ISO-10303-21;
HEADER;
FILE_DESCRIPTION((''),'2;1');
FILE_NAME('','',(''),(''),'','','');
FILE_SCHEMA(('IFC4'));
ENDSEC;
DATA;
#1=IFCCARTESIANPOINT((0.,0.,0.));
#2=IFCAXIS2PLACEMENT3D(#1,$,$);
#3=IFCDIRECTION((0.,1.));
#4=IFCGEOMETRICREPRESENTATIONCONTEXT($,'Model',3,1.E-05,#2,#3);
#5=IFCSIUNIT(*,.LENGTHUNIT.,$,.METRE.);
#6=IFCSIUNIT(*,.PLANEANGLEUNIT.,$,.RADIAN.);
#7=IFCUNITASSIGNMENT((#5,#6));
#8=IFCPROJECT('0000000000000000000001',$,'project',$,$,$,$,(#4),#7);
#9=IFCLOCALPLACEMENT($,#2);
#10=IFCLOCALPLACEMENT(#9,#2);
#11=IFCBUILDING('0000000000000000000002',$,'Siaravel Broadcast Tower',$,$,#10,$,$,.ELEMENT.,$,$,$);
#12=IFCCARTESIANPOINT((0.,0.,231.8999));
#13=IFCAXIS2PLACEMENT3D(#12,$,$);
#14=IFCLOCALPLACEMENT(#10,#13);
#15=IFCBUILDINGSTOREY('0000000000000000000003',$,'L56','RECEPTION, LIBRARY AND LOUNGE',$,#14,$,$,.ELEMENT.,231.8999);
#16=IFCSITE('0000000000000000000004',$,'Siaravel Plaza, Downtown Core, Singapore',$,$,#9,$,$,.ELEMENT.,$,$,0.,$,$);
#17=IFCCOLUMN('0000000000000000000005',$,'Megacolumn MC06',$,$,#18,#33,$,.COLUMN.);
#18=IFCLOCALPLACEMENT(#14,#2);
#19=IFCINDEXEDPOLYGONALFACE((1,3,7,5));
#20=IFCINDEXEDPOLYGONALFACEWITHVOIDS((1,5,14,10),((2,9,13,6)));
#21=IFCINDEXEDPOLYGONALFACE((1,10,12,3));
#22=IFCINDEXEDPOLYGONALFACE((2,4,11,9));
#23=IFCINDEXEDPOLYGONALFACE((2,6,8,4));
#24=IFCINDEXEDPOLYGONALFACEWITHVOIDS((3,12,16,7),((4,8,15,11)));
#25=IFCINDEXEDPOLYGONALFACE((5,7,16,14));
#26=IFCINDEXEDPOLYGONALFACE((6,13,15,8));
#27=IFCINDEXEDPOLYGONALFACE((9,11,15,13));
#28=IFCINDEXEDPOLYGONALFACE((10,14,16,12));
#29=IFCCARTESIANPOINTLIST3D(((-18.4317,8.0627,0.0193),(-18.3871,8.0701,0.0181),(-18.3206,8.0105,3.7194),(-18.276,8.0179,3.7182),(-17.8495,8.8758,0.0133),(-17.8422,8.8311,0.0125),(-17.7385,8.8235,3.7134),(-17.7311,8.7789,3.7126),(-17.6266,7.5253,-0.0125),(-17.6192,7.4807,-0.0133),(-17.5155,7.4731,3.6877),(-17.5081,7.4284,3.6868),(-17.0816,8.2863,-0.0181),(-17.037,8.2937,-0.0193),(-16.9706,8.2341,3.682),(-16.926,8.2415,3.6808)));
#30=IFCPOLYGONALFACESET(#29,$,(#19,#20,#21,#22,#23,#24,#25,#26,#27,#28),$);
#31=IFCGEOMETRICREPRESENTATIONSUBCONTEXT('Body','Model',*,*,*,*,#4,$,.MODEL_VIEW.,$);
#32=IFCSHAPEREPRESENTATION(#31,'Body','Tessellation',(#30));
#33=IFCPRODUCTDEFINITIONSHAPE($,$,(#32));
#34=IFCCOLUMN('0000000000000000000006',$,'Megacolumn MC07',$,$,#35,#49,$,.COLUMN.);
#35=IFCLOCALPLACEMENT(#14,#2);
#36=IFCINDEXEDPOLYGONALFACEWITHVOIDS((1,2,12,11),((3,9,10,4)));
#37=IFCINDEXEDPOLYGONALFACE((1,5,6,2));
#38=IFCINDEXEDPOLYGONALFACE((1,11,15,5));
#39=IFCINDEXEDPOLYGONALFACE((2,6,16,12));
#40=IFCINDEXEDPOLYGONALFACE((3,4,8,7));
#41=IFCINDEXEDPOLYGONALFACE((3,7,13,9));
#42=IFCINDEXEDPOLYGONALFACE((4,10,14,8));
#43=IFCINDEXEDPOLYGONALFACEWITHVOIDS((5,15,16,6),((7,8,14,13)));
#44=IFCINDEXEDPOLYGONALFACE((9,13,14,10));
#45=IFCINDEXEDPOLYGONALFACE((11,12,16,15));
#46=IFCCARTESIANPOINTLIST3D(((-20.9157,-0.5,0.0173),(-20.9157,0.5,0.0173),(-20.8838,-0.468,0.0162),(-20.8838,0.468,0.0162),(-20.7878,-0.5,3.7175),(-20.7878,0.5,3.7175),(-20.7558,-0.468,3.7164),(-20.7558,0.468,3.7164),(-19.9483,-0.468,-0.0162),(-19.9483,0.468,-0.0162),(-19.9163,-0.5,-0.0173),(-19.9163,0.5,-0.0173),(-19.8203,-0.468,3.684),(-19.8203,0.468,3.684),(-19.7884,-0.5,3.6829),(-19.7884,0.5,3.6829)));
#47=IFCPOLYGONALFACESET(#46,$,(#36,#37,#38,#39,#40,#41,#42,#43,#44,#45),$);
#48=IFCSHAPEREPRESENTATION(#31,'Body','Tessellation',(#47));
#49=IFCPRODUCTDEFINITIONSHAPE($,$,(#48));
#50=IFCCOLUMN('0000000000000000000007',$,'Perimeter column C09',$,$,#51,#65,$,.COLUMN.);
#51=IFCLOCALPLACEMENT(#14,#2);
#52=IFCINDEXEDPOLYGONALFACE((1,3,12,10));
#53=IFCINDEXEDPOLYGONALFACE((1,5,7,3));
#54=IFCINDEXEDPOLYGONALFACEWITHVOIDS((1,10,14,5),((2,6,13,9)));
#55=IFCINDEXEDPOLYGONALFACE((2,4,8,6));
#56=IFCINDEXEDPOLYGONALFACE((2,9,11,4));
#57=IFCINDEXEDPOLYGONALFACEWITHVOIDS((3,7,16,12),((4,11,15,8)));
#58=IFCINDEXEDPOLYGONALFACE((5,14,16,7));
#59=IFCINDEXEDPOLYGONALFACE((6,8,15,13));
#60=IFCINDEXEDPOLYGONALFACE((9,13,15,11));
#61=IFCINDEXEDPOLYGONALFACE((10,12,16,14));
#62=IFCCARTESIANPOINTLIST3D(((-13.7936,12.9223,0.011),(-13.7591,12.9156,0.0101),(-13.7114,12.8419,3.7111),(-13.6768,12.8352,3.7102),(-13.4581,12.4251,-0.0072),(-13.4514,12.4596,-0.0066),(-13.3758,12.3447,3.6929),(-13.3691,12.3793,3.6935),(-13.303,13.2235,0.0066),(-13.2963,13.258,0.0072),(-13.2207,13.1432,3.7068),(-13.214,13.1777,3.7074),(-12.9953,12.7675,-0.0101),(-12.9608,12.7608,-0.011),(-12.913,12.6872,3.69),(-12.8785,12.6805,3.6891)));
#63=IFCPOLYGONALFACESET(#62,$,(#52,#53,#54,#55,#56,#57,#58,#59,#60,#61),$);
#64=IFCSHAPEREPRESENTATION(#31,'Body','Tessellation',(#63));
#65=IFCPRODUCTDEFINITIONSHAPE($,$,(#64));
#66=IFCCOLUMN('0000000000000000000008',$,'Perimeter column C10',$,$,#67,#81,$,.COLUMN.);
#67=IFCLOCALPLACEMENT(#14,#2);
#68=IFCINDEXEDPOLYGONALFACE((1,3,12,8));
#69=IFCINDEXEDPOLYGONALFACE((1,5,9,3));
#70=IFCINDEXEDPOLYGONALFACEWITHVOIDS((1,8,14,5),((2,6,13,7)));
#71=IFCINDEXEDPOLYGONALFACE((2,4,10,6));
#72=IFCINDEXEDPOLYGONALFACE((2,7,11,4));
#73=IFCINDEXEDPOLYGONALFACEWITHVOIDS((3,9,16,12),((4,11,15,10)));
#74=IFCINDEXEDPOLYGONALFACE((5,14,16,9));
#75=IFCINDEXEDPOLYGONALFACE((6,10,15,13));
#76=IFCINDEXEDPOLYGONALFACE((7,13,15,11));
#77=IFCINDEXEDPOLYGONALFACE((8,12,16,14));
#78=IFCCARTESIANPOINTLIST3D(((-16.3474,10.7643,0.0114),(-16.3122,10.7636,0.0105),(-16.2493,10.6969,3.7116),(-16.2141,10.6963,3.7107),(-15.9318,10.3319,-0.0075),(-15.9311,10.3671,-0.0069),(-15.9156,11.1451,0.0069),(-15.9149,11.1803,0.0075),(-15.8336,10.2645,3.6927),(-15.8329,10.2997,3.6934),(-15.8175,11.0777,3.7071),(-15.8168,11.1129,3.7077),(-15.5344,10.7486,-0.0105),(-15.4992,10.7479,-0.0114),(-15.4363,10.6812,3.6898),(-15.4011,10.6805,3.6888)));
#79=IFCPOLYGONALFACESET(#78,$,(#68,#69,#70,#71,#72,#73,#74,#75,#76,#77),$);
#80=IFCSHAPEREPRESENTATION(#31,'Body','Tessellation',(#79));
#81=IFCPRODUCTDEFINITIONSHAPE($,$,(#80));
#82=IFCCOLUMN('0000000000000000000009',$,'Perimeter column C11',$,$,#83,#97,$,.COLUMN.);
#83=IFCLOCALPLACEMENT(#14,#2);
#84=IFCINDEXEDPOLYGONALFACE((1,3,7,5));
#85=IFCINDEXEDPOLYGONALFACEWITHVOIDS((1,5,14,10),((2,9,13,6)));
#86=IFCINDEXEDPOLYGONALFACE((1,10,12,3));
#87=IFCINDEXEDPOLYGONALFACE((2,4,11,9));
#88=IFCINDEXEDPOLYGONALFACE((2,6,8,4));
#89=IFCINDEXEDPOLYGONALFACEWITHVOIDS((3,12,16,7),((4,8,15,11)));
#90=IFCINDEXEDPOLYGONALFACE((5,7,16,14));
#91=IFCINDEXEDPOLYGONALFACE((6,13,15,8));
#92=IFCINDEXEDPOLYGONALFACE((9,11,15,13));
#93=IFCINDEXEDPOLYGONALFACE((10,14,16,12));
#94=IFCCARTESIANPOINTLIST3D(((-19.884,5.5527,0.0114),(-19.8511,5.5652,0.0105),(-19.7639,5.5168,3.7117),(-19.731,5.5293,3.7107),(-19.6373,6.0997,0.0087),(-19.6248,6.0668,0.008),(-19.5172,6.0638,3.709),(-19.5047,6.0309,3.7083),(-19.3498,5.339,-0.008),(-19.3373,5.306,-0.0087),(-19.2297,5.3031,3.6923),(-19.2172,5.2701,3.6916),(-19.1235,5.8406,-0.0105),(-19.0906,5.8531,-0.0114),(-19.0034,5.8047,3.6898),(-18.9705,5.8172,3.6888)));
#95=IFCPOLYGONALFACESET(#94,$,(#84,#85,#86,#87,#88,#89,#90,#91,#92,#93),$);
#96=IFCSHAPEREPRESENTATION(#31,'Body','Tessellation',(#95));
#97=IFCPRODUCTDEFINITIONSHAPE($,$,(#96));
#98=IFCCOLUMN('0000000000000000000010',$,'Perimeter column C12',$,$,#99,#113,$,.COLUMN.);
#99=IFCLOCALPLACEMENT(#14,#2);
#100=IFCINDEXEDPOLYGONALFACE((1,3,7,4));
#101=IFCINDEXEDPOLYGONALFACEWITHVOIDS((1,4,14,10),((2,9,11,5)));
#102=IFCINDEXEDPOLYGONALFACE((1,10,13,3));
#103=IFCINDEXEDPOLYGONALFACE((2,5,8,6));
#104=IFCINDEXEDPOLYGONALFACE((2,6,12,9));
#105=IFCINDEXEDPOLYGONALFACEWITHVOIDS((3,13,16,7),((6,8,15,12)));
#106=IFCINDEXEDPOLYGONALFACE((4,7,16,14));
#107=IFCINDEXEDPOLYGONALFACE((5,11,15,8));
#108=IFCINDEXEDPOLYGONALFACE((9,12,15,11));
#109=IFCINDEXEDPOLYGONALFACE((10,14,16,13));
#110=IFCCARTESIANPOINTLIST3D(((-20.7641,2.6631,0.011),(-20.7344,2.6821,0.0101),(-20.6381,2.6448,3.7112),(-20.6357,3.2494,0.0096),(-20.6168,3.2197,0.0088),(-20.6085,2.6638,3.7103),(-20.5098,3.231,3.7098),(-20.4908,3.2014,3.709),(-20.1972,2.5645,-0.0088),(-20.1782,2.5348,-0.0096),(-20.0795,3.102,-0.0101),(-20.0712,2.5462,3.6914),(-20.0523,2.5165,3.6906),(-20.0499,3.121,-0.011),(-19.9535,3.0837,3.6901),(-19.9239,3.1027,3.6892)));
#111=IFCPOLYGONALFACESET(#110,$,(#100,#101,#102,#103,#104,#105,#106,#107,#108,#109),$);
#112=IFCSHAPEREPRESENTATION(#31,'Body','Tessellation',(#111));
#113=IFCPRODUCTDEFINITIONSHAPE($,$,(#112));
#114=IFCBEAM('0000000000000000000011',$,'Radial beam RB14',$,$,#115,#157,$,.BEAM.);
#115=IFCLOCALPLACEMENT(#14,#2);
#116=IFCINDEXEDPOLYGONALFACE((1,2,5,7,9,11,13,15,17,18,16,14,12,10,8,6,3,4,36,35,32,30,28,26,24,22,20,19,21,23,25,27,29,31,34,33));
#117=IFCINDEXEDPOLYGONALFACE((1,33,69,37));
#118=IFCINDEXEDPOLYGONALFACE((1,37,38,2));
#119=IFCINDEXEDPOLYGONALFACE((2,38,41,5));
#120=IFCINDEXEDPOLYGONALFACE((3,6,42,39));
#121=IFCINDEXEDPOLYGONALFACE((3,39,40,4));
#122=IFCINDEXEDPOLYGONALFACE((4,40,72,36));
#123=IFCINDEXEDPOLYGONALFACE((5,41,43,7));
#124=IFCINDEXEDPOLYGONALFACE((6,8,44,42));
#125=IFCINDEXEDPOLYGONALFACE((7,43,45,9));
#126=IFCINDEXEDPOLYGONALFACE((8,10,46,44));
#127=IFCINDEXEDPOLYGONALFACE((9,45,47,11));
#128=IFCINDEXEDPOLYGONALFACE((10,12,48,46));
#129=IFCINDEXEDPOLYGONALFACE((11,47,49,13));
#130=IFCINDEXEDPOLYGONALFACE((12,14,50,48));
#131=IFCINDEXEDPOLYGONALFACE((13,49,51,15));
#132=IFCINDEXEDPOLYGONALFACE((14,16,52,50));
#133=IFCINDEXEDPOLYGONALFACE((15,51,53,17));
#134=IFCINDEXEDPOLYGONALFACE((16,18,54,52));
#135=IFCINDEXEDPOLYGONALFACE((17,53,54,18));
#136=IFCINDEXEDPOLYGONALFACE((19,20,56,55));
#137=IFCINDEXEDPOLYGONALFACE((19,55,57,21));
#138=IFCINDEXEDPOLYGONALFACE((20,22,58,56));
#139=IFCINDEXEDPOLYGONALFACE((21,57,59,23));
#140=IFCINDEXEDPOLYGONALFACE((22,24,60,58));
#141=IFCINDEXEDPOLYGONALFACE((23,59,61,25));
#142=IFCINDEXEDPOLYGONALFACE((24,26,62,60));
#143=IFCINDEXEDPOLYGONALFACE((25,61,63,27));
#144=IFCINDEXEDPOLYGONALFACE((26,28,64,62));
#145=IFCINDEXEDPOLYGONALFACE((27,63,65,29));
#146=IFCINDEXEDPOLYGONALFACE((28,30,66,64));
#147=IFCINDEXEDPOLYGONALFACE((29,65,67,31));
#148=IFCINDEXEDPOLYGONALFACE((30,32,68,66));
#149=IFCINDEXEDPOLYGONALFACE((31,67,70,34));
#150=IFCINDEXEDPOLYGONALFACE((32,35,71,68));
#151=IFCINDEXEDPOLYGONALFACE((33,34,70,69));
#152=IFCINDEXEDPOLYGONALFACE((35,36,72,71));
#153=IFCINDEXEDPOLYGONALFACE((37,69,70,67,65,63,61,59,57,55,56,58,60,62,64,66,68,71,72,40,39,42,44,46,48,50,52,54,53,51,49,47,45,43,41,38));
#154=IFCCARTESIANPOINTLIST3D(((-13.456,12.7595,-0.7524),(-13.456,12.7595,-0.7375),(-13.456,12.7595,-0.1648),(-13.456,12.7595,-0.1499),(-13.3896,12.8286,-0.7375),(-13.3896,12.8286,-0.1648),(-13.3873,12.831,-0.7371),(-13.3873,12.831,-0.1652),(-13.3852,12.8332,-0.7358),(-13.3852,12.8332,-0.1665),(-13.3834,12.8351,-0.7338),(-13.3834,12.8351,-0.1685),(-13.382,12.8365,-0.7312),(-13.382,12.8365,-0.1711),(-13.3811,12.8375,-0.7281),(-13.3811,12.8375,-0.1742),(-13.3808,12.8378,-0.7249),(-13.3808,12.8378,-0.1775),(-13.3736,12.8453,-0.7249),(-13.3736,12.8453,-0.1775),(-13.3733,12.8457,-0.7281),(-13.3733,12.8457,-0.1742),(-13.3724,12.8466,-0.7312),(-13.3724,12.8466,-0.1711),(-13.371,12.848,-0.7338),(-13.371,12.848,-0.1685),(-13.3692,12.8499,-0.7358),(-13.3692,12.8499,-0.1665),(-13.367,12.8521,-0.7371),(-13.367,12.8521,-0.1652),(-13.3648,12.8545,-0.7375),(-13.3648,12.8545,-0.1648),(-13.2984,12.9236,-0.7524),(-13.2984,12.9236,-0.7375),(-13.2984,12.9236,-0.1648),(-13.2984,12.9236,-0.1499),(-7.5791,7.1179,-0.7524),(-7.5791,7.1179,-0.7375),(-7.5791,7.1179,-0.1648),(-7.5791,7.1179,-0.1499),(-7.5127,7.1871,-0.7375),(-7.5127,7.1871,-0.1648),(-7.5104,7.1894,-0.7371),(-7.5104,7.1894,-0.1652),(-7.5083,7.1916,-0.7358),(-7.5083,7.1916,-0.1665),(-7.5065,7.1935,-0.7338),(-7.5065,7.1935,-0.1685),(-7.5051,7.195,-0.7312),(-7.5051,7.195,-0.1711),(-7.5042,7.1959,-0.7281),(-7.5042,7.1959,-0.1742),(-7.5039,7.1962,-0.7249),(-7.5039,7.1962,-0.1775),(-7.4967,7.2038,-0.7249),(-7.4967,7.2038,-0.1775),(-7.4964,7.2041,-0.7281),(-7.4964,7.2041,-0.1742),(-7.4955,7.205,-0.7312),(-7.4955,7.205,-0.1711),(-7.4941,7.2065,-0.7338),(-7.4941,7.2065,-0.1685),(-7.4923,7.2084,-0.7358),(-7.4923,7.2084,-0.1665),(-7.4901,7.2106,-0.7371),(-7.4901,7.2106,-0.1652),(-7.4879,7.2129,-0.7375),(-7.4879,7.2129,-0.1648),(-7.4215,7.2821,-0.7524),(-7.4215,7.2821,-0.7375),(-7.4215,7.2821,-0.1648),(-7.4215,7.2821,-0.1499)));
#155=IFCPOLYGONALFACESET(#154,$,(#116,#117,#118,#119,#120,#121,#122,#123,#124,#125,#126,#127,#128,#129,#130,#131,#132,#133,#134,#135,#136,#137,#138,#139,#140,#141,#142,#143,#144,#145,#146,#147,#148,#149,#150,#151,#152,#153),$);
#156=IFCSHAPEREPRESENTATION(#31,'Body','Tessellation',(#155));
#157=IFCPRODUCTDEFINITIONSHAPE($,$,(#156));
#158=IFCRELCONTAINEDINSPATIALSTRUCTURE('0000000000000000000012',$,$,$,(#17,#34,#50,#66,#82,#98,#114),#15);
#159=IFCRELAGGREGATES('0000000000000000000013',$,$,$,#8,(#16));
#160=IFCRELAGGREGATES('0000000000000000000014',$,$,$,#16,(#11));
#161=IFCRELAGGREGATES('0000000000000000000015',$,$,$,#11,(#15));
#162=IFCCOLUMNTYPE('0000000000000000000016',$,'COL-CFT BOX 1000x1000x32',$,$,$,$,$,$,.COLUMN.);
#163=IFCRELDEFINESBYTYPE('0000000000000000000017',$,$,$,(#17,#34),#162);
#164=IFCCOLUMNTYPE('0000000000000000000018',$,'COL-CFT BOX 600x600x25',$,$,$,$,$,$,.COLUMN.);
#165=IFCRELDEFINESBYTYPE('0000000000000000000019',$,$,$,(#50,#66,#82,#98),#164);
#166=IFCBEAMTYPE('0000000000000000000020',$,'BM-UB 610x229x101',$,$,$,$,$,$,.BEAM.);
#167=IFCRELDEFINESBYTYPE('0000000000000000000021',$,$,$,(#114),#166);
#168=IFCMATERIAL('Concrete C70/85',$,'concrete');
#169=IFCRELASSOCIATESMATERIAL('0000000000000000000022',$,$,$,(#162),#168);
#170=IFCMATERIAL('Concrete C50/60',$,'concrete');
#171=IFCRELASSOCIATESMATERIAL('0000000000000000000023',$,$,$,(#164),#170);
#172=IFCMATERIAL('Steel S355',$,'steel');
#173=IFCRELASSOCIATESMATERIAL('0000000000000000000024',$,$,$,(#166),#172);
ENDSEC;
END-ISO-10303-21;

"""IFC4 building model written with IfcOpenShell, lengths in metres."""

from ifc_helpers import new_model, si_unit, direction, frame, origin, origin_2d, place, context, subcontext, project, spatial, hollow_rectangle, i_section, extrude, material, material_profile, profile_set, type_object, element, save


model = new_model("IFC4")

# Units and contexts
model_context = context("Model", 3, precision=1e-05, world=origin(), true_north=direction((0.0, 1.0)))
body_context = subcontext(model_context, "Body", "Model", "MODEL_VIEW")
ifc_project = project(units=[si_unit("LENGTHUNIT", "METRE"), si_unit("PLANEANGLEUNIT", "RADIAN")], contexts=[model_context])

# Site, building, storey
site_placement = place(None, origin())
site = spatial("IfcSite", under=ifc_project, at=site_placement, Name="Siaravel Plaza, Downtown Core, Singapore", CompositionType="ELEMENT", RefElevation=0.0)
building_placement = place(site_placement, origin())
building = spatial("IfcBuilding", under=site, at=building_placement, Name="Siaravel Broadcast Tower", CompositionType="ELEMENT")
storey_placement = place(building_placement, frame((0.0, 0.0, 231.8999)))
storey = spatial("IfcBuildingStorey", under=building, at=storey_placement, Name="L56", Description="RECEPTION, LIBRARY AND LOUNGE", CompositionType="ELEMENT", Elevation=231.8999)

# Columns
ifc_material_1 = material(Name="Concrete C70/85", Category="concrete")
ifc_material_profile_1 = material_profile(ifc_material_1, hollow_rectangle(XDim=1.0, YDim=1.0, WallThickness=0.032, at=origin_2d()))
ifc_profile_set_1 = profile_set([ifc_material_profile_1], Name="Concrete C70/85")
column_type_1 = type_object("IfcColumnType", Name="COL-CFT BOX 1000x1000x32", PredefinedType="COLUMN", material=ifc_profile_set_1)
column_1_placement = place(storey_placement, frame((-17.7344, 8.1782, 0.0), z_axis=(0.030005, -0.014112, 0.99945), x_axis=(0.582175, 0.813042, -0.005998)))
element("IfcColumn", 1, at=column_1_placement, inside=storey, type_object=column_type_1, Name="Megacolumn MC06", PredefinedType="COLUMN", context=body_context, shape_type="SweptSolid", body=[
    extrude(hollow_rectangle(XDim=1.0, YDim=1.0, WallThickness=0.032, at=origin_2d()), origin(), (0.0, 0.0, 1.0), 3.7021),
])
column_2_placement = place(storey_placement, frame((-20.416, 0.0, 0.0), z_axis=(0.034553, 0.0, 0.999403), x_axis=(0.0, 1.0, 0.0)))
element("IfcColumn", 2, at=column_2_placement, inside=storey, type_object=column_type_1, Name="Megacolumn MC07", PredefinedType="COLUMN", context=body_context, shape_type="SweptSolid", body=[
    extrude(hollow_rectangle(XDim=1.0, YDim=1.0, WallThickness=0.032, at=origin_2d()), origin(), (0.0, 0.0, 1.0), 3.7024),
])
ifc_material_2 = material(Name="Concrete C50/60", Category="concrete")
ifc_material_profile_2 = material_profile(ifc_material_2, hollow_rectangle(XDim=0.6001, YDim=0.6001, WallThickness=0.0249, at=origin_2d()))
ifc_profile_set_2 = profile_set([ifc_material_profile_2], Name="Concrete C50/60")
column_type_2 = type_object("IfcColumnType", Name="COL-CFT BOX 600x600x25", PredefinedType="COLUMN", material=ifc_profile_set_2)
column_3_placement = place(storey_placement, frame((-13.3772, 12.8416, 0.0), z_axis=(0.022225, -0.021697, 0.999518), x_axis=(0.82878, 0.559539, -0.006282)))
element("IfcColumn", 3, at=column_3_placement, inside=storey, type_object=column_type_2, Name="Perimeter column C09", PredefinedType="COLUMN", context=body_context, shape_type="SweptSolid", body=[
    extrude(hollow_rectangle(XDim=0.6001, YDim=0.6001, WallThickness=0.0249, at=origin_2d()), origin(), (0.0, 0.0, 1.0), 3.7019),
])
column_4_placement = place(storey_placement, frame((-15.9233, 10.7561, 0.0), z_axis=(0.02651, -0.018201, 0.999483), x_axis=(0.720758, 0.693156, -0.006495)))
element("IfcColumn", 4, at=column_4_placement, inside=storey, type_object=column_type_2, Name="Perimeter column C10", PredefinedType="COLUMN", context=body_context, shape_type="SweptSolid", body=[
    extrude(hollow_rectangle(XDim=0.6001, YDim=0.6001, WallThickness=0.0249, at=origin_2d()), origin(), (0.0, 0.0, 1.0), 3.7021),
])
for number, where, z_axis, x_axis, name in (
    (5, (-19.4873, 5.7029, 0.0), (0.032444, -0.009694, 0.999427), (0.411141, 0.911561, -0.004505), "Perimeter column C11"),
    (6, (-20.407, 2.8921, 0.0), (0.034026, -0.004946, 0.999409), (0.213875, 0.976858, -0.002448), "Perimeter column C12"),
):
    element("IfcColumn", number, at=place(storey_placement, frame(where, z_axis=z_axis, x_axis=x_axis)), inside=storey, type_object=column_type_2, Name=name, PredefinedType="COLUMN", context=body_context, shape_type="SweptSolid", body=[
        extrude(hollow_rectangle(XDim=0.6001, YDim=0.6001, WallThickness=0.0249, at=origin_2d()), origin(), (0.0, 0.0, 1.0), 3.7024),
    ])

# Beam
ifc_material_3 = material(Name="Steel S355", Category="steel")
ifc_material_profile_3 = material_profile(ifc_material_3, i_section(OverallWidth=0.2275, OverallDepth=0.6025, WebThickness=0.0105, FlangeThickness=0.0149, FilletRadius=0.0127, at=origin_2d()))
ifc_profile_set_3 = profile_set([ifc_material_profile_3], Name="Steel S355")
beam_type = type_object("IfcBeamType", Name="BM-UB 610x229x101", PredefinedType="BEAM", material=ifc_profile_set_3)
beam_1_placement = place(storey_placement, frame((-13.3772, 12.8416, -0.4512), z_axis=(0.721404, -0.692514, 0.0), x_axis=(0.692514, 0.721404, 0.0)))
element("IfcBeam", 7, at=beam_1_placement, inside=storey, type_object=beam_type, Name="Radial beam RB14", PredefinedType="BEAM", context=body_context, shape_type="SweptSolid", body=[
    extrude(i_section(OverallWidth=0.2275, OverallDepth=0.6025, WebThickness=0.0105, FlangeThickness=0.0149, FilletRadius=0.0127, at=origin_2d()), origin(), (0.0, 0.0, 1.0), 8.1465),
])

save(model, "model.ifc")
